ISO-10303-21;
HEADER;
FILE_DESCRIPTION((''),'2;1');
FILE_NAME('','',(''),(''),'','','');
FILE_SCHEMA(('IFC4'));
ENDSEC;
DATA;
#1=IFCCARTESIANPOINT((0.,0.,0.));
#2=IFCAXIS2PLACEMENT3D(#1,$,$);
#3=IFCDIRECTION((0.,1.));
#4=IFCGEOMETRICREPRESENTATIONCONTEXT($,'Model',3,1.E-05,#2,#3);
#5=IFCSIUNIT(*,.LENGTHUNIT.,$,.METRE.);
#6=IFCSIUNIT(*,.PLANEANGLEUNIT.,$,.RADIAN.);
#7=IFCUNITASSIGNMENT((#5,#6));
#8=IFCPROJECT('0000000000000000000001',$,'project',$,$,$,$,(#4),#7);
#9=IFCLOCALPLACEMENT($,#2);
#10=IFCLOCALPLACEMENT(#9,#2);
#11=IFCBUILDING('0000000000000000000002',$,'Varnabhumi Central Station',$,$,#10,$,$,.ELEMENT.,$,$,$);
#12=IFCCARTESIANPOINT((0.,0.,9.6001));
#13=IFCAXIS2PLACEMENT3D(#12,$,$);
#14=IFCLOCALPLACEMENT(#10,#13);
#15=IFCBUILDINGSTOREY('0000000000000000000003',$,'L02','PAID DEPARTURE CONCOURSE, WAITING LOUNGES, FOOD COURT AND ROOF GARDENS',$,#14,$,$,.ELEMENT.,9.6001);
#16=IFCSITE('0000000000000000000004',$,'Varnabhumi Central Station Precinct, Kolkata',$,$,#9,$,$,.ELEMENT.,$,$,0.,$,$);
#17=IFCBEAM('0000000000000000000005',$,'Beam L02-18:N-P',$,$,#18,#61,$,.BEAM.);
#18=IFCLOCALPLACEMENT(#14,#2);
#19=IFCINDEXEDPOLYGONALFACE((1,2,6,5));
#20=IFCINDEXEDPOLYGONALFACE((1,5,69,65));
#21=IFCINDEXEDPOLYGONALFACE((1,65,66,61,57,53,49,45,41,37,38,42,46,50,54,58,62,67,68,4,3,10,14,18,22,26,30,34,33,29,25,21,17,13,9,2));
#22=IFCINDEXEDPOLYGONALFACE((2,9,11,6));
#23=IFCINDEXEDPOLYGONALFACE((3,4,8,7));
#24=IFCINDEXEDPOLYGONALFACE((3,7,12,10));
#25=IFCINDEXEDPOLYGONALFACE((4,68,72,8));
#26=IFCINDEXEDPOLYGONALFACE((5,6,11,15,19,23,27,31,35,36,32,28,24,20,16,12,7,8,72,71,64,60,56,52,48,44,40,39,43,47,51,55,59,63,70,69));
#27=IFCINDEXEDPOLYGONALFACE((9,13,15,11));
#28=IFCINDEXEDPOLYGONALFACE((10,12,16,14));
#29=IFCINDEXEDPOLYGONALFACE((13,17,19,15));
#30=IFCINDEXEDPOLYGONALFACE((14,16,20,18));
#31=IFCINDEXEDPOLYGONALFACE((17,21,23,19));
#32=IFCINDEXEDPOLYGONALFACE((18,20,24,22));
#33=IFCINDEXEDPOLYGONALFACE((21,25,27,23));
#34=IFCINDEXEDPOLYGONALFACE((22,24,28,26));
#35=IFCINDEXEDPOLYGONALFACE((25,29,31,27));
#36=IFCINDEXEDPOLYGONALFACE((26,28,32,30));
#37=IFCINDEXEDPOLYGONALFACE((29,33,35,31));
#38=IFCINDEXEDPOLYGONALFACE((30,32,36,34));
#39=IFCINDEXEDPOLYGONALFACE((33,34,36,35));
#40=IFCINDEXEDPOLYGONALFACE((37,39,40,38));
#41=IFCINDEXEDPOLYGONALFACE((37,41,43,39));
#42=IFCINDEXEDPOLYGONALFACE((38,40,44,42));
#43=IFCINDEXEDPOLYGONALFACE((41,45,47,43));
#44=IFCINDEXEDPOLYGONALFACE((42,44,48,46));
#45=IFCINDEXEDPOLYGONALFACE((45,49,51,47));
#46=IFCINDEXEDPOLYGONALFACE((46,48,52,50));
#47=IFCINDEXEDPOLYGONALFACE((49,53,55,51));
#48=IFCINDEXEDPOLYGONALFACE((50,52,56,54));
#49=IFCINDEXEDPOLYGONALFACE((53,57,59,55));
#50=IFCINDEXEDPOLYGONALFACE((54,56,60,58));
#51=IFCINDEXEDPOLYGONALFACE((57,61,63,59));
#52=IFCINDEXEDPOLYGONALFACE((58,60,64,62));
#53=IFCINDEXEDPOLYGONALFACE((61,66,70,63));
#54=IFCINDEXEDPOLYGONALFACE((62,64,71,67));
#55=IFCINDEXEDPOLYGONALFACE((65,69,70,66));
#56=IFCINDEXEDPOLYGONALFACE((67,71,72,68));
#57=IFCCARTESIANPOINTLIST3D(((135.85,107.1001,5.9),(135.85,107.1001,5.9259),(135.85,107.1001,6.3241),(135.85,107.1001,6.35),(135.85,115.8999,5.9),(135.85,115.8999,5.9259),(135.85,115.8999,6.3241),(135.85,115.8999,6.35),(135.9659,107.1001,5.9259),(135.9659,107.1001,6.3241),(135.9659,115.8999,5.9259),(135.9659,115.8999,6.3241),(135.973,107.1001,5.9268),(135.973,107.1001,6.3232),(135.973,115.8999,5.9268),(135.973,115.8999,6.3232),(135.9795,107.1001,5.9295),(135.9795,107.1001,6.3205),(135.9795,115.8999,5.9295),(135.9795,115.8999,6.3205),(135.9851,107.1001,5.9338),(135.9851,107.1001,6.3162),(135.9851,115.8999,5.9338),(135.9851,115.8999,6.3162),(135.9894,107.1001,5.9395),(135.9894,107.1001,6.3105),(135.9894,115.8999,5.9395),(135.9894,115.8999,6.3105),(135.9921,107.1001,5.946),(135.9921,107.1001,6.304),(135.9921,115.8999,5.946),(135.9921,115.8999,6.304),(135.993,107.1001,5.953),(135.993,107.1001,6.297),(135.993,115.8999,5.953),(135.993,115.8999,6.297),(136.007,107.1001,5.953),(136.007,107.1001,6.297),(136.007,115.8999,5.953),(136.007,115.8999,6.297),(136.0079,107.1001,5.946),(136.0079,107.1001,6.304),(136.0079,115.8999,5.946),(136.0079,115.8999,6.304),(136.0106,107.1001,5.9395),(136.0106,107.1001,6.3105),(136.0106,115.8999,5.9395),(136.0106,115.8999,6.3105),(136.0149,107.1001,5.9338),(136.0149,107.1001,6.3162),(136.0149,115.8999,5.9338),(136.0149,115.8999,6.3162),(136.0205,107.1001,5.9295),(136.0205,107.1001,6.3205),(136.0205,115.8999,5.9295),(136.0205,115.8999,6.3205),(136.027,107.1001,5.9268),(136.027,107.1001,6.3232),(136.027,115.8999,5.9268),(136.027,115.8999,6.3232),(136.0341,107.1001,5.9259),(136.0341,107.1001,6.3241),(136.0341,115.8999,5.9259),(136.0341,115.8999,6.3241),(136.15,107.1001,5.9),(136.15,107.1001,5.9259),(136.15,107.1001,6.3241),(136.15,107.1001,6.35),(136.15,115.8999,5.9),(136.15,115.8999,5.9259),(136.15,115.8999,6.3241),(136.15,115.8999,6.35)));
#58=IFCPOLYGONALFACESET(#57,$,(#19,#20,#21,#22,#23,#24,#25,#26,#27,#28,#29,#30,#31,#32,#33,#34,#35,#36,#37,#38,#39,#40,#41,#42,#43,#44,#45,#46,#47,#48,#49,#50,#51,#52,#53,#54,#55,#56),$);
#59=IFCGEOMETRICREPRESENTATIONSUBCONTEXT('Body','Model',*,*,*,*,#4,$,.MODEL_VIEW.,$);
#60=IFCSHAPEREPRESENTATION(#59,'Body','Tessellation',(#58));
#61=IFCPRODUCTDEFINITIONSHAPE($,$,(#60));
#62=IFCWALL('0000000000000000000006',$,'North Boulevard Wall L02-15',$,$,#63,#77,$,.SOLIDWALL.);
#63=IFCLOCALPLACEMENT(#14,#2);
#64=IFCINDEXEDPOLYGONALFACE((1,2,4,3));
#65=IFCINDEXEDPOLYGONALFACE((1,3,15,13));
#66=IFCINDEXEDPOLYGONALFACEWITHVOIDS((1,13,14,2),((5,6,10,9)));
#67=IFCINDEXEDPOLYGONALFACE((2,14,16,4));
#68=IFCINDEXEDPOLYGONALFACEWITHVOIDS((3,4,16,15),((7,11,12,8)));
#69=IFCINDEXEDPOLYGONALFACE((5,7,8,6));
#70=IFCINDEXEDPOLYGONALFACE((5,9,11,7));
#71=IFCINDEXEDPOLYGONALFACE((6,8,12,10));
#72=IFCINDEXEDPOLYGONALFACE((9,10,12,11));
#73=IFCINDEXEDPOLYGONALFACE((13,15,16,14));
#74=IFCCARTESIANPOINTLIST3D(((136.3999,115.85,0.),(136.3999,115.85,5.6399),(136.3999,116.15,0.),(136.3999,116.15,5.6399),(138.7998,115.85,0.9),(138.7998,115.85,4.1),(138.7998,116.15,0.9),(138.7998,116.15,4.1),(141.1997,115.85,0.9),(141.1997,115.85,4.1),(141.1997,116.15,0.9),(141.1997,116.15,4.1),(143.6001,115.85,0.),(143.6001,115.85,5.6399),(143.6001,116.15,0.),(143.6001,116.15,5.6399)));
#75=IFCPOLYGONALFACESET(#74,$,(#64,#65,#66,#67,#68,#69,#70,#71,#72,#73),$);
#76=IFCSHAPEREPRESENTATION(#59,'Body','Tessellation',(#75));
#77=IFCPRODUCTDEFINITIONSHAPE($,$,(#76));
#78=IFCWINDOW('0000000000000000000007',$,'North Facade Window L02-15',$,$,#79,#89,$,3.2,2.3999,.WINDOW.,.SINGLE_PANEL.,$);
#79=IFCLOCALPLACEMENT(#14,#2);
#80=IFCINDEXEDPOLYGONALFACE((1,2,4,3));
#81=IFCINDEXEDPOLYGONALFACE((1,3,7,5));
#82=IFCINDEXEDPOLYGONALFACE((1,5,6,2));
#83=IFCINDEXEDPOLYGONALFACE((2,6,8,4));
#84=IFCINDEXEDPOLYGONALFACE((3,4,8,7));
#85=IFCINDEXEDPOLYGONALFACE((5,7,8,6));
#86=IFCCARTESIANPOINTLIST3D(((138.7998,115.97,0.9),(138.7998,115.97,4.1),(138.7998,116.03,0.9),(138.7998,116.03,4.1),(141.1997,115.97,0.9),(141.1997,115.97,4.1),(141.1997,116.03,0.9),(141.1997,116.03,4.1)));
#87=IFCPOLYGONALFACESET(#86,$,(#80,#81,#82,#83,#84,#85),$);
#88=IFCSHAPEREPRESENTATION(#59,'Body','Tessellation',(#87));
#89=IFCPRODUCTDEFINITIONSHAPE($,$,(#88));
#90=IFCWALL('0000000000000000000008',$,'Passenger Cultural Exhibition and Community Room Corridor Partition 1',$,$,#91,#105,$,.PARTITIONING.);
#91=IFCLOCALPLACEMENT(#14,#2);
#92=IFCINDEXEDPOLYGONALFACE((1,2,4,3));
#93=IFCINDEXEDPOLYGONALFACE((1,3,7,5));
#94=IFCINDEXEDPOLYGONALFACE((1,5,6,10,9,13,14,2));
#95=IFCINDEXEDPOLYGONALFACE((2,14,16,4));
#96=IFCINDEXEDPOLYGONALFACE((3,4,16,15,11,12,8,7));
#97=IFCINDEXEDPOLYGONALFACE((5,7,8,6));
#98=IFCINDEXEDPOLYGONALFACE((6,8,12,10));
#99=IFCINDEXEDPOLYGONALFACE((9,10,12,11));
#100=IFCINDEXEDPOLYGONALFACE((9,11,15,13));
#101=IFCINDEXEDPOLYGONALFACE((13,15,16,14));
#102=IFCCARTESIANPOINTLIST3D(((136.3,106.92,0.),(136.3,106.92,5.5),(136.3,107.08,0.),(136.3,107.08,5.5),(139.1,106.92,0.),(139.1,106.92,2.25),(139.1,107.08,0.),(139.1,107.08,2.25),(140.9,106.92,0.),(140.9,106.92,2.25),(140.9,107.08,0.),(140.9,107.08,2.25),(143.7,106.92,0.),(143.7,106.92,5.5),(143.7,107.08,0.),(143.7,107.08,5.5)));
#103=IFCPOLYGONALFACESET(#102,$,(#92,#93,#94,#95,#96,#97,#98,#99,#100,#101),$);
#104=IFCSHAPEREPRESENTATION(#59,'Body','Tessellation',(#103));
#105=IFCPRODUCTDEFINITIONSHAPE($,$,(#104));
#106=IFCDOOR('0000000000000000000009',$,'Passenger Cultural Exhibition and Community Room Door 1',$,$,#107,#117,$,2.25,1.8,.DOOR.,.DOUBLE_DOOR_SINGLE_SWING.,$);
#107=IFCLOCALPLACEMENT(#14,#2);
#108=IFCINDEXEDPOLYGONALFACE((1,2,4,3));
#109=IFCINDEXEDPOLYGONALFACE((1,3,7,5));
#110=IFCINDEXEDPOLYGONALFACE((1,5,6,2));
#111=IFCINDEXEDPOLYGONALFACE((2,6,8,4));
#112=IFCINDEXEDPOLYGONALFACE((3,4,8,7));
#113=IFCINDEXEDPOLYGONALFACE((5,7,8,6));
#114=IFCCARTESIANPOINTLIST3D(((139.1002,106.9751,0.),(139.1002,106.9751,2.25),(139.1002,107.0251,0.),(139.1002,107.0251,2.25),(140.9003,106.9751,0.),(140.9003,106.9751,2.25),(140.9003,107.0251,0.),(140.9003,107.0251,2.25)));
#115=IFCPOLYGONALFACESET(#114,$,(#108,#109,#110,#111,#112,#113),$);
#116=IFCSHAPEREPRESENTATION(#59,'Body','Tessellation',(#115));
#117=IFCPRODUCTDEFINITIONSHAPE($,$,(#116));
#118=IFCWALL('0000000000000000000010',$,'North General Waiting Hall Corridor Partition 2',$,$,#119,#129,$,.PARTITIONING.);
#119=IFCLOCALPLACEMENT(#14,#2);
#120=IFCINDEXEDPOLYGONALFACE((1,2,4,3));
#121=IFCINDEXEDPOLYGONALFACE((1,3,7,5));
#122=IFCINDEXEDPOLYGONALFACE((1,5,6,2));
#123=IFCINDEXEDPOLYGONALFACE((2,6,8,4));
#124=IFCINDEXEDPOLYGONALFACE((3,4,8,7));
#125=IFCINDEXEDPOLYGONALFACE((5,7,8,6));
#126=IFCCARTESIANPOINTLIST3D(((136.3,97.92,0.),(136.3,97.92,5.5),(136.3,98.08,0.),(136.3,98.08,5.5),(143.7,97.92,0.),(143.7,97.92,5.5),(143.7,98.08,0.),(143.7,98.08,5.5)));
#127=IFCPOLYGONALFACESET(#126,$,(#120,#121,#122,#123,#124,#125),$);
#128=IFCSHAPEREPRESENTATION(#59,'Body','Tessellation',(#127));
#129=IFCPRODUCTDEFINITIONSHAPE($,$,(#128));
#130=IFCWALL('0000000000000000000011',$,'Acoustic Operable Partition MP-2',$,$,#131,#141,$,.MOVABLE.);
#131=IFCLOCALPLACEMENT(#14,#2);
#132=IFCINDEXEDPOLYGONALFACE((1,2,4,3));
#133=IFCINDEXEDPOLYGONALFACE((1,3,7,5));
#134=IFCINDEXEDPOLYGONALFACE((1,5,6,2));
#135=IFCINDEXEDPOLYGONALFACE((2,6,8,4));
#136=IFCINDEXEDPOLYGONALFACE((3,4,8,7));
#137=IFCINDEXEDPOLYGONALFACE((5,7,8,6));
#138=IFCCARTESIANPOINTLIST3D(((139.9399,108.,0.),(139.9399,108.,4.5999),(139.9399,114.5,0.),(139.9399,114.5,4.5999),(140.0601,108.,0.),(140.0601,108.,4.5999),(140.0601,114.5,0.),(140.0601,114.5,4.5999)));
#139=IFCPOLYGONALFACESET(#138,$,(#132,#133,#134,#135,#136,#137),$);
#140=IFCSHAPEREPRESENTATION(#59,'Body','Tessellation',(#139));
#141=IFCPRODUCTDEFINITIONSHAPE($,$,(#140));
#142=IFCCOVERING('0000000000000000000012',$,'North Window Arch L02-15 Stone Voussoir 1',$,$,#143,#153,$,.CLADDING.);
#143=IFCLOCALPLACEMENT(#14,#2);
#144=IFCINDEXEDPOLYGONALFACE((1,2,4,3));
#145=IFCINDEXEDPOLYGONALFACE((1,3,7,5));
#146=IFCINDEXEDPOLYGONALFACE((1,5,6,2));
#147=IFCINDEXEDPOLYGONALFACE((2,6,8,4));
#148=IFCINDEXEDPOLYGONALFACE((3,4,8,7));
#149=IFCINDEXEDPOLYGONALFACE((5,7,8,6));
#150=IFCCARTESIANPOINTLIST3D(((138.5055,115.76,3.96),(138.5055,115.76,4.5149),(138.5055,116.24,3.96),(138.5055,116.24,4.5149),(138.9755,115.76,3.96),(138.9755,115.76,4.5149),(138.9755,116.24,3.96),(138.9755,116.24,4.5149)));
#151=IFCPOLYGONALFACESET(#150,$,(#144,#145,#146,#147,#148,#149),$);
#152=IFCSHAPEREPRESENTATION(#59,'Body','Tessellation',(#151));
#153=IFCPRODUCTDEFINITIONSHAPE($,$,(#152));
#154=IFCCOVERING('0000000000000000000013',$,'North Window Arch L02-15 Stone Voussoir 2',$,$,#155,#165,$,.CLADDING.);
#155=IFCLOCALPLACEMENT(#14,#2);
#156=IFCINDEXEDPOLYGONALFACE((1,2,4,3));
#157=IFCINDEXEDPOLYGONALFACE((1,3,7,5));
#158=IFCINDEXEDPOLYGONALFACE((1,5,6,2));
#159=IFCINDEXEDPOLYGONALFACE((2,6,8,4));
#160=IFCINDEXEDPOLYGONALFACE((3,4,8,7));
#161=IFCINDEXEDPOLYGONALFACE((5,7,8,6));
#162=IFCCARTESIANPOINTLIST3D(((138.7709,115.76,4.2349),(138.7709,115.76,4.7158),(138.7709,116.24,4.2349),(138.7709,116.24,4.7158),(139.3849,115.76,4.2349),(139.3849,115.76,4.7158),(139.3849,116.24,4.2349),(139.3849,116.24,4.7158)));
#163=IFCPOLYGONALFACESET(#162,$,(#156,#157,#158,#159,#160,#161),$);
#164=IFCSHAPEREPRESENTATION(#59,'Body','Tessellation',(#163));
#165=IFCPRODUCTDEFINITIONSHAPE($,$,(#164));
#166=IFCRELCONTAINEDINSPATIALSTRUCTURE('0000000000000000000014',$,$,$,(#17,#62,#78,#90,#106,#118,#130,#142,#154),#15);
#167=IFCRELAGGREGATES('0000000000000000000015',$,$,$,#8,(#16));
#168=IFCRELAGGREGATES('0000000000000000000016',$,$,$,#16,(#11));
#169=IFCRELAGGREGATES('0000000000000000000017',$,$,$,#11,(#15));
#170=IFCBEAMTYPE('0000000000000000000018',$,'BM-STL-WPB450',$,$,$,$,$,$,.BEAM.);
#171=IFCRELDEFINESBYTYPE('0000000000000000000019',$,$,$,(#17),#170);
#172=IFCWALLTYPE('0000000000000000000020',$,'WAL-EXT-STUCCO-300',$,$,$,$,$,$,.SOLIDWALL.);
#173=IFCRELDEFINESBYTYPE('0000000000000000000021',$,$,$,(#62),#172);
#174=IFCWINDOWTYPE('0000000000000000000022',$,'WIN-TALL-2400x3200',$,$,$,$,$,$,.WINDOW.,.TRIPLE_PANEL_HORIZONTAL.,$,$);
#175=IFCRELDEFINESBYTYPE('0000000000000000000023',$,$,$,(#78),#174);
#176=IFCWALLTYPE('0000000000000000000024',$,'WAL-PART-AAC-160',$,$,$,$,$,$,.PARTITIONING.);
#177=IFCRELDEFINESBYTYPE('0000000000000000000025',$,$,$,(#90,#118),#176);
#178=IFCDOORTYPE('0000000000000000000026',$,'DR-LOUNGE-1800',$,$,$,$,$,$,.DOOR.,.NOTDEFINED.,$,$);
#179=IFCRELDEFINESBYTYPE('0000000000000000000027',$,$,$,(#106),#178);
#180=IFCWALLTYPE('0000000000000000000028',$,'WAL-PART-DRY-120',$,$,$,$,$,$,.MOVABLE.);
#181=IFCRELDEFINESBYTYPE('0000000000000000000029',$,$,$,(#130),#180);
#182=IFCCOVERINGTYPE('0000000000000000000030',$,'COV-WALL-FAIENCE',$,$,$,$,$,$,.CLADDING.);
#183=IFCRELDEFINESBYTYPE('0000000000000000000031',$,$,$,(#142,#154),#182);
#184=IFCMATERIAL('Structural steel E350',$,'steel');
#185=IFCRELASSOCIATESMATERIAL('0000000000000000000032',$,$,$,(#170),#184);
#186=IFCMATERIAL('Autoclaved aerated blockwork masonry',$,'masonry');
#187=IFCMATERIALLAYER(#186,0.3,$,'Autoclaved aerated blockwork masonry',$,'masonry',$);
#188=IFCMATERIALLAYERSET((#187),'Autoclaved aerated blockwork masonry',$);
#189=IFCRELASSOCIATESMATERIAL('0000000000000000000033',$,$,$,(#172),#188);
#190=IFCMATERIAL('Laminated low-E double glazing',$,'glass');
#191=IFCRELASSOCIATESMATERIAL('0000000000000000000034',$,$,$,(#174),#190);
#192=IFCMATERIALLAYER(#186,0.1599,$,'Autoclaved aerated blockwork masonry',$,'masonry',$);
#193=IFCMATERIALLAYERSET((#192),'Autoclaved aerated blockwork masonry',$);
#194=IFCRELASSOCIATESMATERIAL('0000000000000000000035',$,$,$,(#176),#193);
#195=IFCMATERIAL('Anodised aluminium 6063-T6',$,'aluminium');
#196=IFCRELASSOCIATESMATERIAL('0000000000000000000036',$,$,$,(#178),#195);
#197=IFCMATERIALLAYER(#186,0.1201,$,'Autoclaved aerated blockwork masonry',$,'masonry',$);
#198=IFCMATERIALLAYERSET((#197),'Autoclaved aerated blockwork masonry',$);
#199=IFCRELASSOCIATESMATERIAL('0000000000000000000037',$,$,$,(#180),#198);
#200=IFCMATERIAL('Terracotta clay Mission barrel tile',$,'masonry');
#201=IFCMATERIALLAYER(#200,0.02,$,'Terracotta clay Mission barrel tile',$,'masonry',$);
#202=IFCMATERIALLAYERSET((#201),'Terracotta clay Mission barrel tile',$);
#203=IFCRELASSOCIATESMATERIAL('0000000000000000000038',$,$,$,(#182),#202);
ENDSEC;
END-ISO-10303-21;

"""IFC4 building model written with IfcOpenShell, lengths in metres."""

from ifc_helpers import new_model, si_unit, direction, frame, frame_2d, origin, origin_2d, place, context, subcontext, project, spatial, rectangle, i_section, extrude, material, layer, layer_set, material_profile, profile_set, type_object, element, fill, save


model = new_model("IFC4")

# Units and contexts
model_context = context("Model", 3, precision=1e-05, world=origin(), true_north=direction((0.0, 1.0)))
body_context = subcontext(model_context, "Body", "Model", "MODEL_VIEW")
ifc_project = project(units=[si_unit("LENGTHUNIT", "METRE"), si_unit("PLANEANGLEUNIT", "RADIAN")], contexts=[model_context])

# Site, building, storey
site_placement = place(None, origin())
site = spatial("IfcSite", under=ifc_project, at=site_placement, Name="Varnabhumi Central Station Precinct, Kolkata", CompositionType="ELEMENT", RefElevation=0.0)
building_placement = place(site_placement, origin())
building = spatial("IfcBuilding", under=site, at=building_placement, Name="Varnabhumi Central Station", CompositionType="ELEMENT")
storey_placement = place(building_placement, frame((0.0, 0.0, 9.6001)))
storey = spatial("IfcBuildingStorey", under=building, at=storey_placement, Name="L02", Description="PAID DEPARTURE CONCOURSE, WAITING LOUNGES, FOOD COURT AND ROOF GARDENS", CompositionType="ELEMENT", Elevation=9.6001)

# Beam
ifc_material_1 = material(Name="Structural steel E350", Category="steel")
ifc_material_profile_1 = material_profile(ifc_material_1, i_section(OverallWidth=0.3, OverallDepth=0.45, WebThickness=0.0139, FlangeThickness=0.0259, FilletRadius=0.0271, at=origin_2d()), Name="Structural steel E350", Category="steel")
ifc_profile_set_1 = profile_set([ifc_material_profile_1], Name="Structural steel E350")
beam_type_1 = type_object("IfcBeamType", Name="BM-STL-WPB450", PredefinedType="BEAM", material=ifc_profile_set_1)
beam_1_placement = place(storey_placement, frame((136.0, 107.1001, 6.125), z_axis=(0.0, 1.0, 0.0), x_axis=(-1.0, 0.0, 0.0)))
element("IfcBeam", 1, at=beam_1_placement, inside=storey, type_object=beam_type_1, Name="Beam L02-18:N-P", PredefinedType="BEAM", context=body_context, shape_type="SweptSolid", body=[
    extrude(i_section(OverallWidth=0.3, OverallDepth=0.45, WebThickness=0.0139, FlangeThickness=0.0259, FilletRadius=0.0271, at=origin_2d()), origin(), (0.0, 0.0, 1.0), 8.7998),
])

# Wall, opening, window
ifc_material_2 = material(Name="Autoclaved aerated blockwork masonry", Category="masonry")
ifc_layer_1 = layer(ifc_material_2, 0.3, Name="Autoclaved aerated blockwork masonry", Category="masonry")
ifc_layer_set_1 = layer_set([ifc_layer_1], Name="Autoclaved aerated blockwork masonry")
wall_type_1 = type_object("IfcWallType", Name="WAL-EXT-STUCCO-300", PredefinedType="SOLIDWALL", material=ifc_layer_set_1)
wall_1_placement = place(storey_placement, frame((136.3999, 116.0, 0.0), z_axis=(0.0, 0.0, 1.0), x_axis=(1.0, 0.0, 0.0)))
wall_1 = element("IfcWall", 2, at=wall_1_placement, inside=storey, type_object=wall_type_1, Name="North Boulevard Wall L02-15", PredefinedType="SOLIDWALL", context=body_context, shape_type="SweptSolid", body=[
    extrude(rectangle(XDim=7.2002, YDim=0.3, at=frame_2d((3.6001, 0.0))), origin(), (0.0, 0.0, 1.0), 5.6399),
])
opening_1_placement = place(wall_1_placement, frame((2.3999, 0.0, 0.8999)))
opening_1 = element("IfcOpeningElement", 3, at=opening_1_placement, cuts=wall_1, PredefinedType="OPENING", context=body_context, shape_type="SweptSolid", body=[
    extrude(rectangle(XDim=2.3999, YDim=3.2, at=frame_2d((1.2, 1.6001))), frame((0.0, 0.1599, 0.0), z_axis=(0.0, -1.0, 0.0), x_axis=(1.0, 0.0, 0.0)), (0.0, 0.0, 1.0), 0.3201),
])
ifc_material_3 = material(Name="Laminated low-E double glazing", Category="glass")
window_type = type_object("IfcWindowType", Name="WIN-TALL-2400x3200", PartitioningType="TRIPLE_PANEL_HORIZONTAL", PredefinedType="WINDOW", material=ifc_material_3)
window_placement = place(opening_1_placement, origin())
window = element("IfcWindow", 4, at=window_placement, inside=storey, type_object=window_type, Name="North Facade Window L02-15", OverallHeight=3.2, OverallWidth=2.3999, PartitioningType="SINGLE_PANEL", PredefinedType="WINDOW", context=body_context, shape_type="SweptSolid", body=[
    extrude(rectangle(XDim=2.3999, YDim=3.2, at=frame_2d((1.2, 1.6001))), frame((0.0, 0.03, 0.0), z_axis=(0.0, -1.0, 0.0), x_axis=(1.0, 0.0, 0.0)), (0.0, 0.0, 1.0), 0.0601),
])
fill(opening_1, window)

# Wall, opening, door
ifc_layer_2 = layer(ifc_material_2, 0.1599, Name="Autoclaved aerated blockwork masonry", Category="masonry")
ifc_layer_set_2 = layer_set([ifc_layer_2], Name="Autoclaved aerated blockwork masonry")
wall_type_2 = type_object("IfcWallType", Name="WAL-PART-AAC-160", PredefinedType="PARTITIONING", material=ifc_layer_set_2)
wall_2_placement = place(storey_placement, frame((136.3, 107.0, 0.0), z_axis=(0.0, 0.0, 1.0), x_axis=(1.0, 0.0, 0.0)))
wall_2 = element("IfcWall", 5, at=wall_2_placement, inside=storey, type_object=wall_type_2, Name="Passenger Cultural Exhibition and Community Room Corridor Partition 1", PredefinedType="PARTITIONING", context=body_context, shape_type="SweptSolid", body=[
    extrude(rectangle(XDim=7.3999, YDim=0.1599, at=frame_2d((3.7, 0.0))), origin(), (0.0, 0.0, 1.0), 5.5),
])
opening_2_placement = place(wall_2_placement, frame((2.8, 0.0, 0.0)))
opening_2 = element("IfcOpeningElement", 6, at=opening_2_placement, cuts=wall_2, PredefinedType="OPENING", context=body_context, shape_type="SweptSolid", body=[
    extrude(rectangle(XDim=1.8, YDim=2.25, at=frame_2d((0.8999, 1.125))), frame((0.0, 0.0898, 0.0), z_axis=(0.0, -1.0, 0.0), x_axis=(1.0, 0.0, 0.0)), (0.0, 0.0, 1.0), 0.1799),
])
ifc_material_4 = material(Name="Anodised aluminium 6063-T6", Category="aluminium")
door_type = type_object("IfcDoorType", Name="DR-LOUNGE-1800", OperationType="NOTDEFINED", PredefinedType="DOOR", material=ifc_material_4)
door_placement = place(opening_2_placement, frame((1.8, 0.0, 0.0), z_axis=(0.0, 0.0, 1.0), x_axis=(-1.0, 0.0, 0.0)))
door = element("IfcDoor", 7, at=door_placement, inside=storey, type_object=door_type, Name="Passenger Cultural Exhibition and Community Room Door 1", OperationType="DOUBLE_DOOR_SINGLE_SWING", OverallHeight=2.25, OverallWidth=1.8, PredefinedType="DOOR", context=body_context, shape_type="SweptSolid", body=[
    extrude(rectangle(XDim=1.8, YDim=2.25, at=frame_2d((0.8999, 1.125))), frame((0.0, 0.0249, 0.0), z_axis=(0.0, -1.0, 0.0), x_axis=(1.0, 0.0, 0.0)), (0.0, 0.0, 1.0), 0.05),
])
fill(opening_2, door)

# Walls
wall_3_placement = place(storey_placement, frame((136.3, 98.0, 0.0), z_axis=(0.0, 0.0, 1.0), x_axis=(1.0, 0.0, 0.0)))
element("IfcWall", 8, at=wall_3_placement, inside=storey, type_object=wall_type_2, Name="North General Waiting Hall Corridor Partition 2", PredefinedType="PARTITIONING", context=body_context, shape_type="SweptSolid", body=[
    extrude(rectangle(XDim=7.3999, YDim=0.1599, at=frame_2d((3.7, 0.0))), origin(), (0.0, 0.0, 1.0), 5.5),
])
ifc_layer_3 = layer(ifc_material_2, 0.1201, Name="Autoclaved aerated blockwork masonry", Category="masonry")
ifc_layer_set_3 = layer_set([ifc_layer_3], Name="Autoclaved aerated blockwork masonry")
wall_type_3 = type_object("IfcWallType", Name="WAL-PART-DRY-120", PredefinedType="MOVABLE", material=ifc_layer_set_3)
wall_4_placement = place(storey_placement, frame((140.0, 108.0, 0.0), z_axis=(0.0, 0.0, 1.0), x_axis=(0.0, 1.0, 0.0)))
element("IfcWall", 9, at=wall_4_placement, inside=storey, type_object=wall_type_3, Name="Acoustic Operable Partition MP-2", PredefinedType="MOVABLE", context=body_context, shape_type="SweptSolid", body=[
    extrude(rectangle(XDim=6.5, YDim=0.1201, at=frame_2d((3.25, 0.0))), origin(), (0.0, 0.0, 1.0), 4.5999),
])

# Coverings
ifc_material_5 = material(Name="Terracotta clay Mission barrel tile", Category="masonry")
ifc_layer_4 = layer(ifc_material_5, 0.02, Name="Terracotta clay Mission barrel tile", Category="masonry")
ifc_layer_set_4 = layer_set([ifc_layer_4], Name="Terracotta clay Mission barrel tile")
covering_type = type_object("IfcCoveringType", Name="COV-WALL-FAIENCE", PredefinedType="CLADDING", material=ifc_layer_set_4)
covering_1_placement = place(storey_placement, frame((138.7405, 116.0, 3.96), z_axis=(0.0, 0.0, 1.0), x_axis=(1.0, 0.0, 0.0)))
element("IfcCovering", 10, at=covering_1_placement, inside=storey, type_object=covering_type, Name="North Window Arch L02-15 Stone Voussoir 1", PredefinedType="CLADDING", context=body_context, shape_type="SweptSolid", body=[
    extrude(rectangle(XDim=0.47, YDim=0.48, at=origin_2d()), origin(), (0.0, 0.0, 1.0), 0.5549),
])
covering_2_placement = place(storey_placement, frame((139.0779, 116.0, 4.2349), z_axis=(0.0, 0.0, 1.0), x_axis=(1.0, 0.0, 0.0)))
element("IfcCovering", 11, at=covering_2_placement, inside=storey, type_object=covering_type, Name="North Window Arch L02-15 Stone Voussoir 2", PredefinedType="CLADDING", context=body_context, shape_type="SweptSolid", body=[
    extrude(rectangle(XDim=0.614, YDim=0.48, at=origin_2d()), origin(), (0.0, 0.0, 1.0), 0.481),
])

save(model, "model.ifc")
